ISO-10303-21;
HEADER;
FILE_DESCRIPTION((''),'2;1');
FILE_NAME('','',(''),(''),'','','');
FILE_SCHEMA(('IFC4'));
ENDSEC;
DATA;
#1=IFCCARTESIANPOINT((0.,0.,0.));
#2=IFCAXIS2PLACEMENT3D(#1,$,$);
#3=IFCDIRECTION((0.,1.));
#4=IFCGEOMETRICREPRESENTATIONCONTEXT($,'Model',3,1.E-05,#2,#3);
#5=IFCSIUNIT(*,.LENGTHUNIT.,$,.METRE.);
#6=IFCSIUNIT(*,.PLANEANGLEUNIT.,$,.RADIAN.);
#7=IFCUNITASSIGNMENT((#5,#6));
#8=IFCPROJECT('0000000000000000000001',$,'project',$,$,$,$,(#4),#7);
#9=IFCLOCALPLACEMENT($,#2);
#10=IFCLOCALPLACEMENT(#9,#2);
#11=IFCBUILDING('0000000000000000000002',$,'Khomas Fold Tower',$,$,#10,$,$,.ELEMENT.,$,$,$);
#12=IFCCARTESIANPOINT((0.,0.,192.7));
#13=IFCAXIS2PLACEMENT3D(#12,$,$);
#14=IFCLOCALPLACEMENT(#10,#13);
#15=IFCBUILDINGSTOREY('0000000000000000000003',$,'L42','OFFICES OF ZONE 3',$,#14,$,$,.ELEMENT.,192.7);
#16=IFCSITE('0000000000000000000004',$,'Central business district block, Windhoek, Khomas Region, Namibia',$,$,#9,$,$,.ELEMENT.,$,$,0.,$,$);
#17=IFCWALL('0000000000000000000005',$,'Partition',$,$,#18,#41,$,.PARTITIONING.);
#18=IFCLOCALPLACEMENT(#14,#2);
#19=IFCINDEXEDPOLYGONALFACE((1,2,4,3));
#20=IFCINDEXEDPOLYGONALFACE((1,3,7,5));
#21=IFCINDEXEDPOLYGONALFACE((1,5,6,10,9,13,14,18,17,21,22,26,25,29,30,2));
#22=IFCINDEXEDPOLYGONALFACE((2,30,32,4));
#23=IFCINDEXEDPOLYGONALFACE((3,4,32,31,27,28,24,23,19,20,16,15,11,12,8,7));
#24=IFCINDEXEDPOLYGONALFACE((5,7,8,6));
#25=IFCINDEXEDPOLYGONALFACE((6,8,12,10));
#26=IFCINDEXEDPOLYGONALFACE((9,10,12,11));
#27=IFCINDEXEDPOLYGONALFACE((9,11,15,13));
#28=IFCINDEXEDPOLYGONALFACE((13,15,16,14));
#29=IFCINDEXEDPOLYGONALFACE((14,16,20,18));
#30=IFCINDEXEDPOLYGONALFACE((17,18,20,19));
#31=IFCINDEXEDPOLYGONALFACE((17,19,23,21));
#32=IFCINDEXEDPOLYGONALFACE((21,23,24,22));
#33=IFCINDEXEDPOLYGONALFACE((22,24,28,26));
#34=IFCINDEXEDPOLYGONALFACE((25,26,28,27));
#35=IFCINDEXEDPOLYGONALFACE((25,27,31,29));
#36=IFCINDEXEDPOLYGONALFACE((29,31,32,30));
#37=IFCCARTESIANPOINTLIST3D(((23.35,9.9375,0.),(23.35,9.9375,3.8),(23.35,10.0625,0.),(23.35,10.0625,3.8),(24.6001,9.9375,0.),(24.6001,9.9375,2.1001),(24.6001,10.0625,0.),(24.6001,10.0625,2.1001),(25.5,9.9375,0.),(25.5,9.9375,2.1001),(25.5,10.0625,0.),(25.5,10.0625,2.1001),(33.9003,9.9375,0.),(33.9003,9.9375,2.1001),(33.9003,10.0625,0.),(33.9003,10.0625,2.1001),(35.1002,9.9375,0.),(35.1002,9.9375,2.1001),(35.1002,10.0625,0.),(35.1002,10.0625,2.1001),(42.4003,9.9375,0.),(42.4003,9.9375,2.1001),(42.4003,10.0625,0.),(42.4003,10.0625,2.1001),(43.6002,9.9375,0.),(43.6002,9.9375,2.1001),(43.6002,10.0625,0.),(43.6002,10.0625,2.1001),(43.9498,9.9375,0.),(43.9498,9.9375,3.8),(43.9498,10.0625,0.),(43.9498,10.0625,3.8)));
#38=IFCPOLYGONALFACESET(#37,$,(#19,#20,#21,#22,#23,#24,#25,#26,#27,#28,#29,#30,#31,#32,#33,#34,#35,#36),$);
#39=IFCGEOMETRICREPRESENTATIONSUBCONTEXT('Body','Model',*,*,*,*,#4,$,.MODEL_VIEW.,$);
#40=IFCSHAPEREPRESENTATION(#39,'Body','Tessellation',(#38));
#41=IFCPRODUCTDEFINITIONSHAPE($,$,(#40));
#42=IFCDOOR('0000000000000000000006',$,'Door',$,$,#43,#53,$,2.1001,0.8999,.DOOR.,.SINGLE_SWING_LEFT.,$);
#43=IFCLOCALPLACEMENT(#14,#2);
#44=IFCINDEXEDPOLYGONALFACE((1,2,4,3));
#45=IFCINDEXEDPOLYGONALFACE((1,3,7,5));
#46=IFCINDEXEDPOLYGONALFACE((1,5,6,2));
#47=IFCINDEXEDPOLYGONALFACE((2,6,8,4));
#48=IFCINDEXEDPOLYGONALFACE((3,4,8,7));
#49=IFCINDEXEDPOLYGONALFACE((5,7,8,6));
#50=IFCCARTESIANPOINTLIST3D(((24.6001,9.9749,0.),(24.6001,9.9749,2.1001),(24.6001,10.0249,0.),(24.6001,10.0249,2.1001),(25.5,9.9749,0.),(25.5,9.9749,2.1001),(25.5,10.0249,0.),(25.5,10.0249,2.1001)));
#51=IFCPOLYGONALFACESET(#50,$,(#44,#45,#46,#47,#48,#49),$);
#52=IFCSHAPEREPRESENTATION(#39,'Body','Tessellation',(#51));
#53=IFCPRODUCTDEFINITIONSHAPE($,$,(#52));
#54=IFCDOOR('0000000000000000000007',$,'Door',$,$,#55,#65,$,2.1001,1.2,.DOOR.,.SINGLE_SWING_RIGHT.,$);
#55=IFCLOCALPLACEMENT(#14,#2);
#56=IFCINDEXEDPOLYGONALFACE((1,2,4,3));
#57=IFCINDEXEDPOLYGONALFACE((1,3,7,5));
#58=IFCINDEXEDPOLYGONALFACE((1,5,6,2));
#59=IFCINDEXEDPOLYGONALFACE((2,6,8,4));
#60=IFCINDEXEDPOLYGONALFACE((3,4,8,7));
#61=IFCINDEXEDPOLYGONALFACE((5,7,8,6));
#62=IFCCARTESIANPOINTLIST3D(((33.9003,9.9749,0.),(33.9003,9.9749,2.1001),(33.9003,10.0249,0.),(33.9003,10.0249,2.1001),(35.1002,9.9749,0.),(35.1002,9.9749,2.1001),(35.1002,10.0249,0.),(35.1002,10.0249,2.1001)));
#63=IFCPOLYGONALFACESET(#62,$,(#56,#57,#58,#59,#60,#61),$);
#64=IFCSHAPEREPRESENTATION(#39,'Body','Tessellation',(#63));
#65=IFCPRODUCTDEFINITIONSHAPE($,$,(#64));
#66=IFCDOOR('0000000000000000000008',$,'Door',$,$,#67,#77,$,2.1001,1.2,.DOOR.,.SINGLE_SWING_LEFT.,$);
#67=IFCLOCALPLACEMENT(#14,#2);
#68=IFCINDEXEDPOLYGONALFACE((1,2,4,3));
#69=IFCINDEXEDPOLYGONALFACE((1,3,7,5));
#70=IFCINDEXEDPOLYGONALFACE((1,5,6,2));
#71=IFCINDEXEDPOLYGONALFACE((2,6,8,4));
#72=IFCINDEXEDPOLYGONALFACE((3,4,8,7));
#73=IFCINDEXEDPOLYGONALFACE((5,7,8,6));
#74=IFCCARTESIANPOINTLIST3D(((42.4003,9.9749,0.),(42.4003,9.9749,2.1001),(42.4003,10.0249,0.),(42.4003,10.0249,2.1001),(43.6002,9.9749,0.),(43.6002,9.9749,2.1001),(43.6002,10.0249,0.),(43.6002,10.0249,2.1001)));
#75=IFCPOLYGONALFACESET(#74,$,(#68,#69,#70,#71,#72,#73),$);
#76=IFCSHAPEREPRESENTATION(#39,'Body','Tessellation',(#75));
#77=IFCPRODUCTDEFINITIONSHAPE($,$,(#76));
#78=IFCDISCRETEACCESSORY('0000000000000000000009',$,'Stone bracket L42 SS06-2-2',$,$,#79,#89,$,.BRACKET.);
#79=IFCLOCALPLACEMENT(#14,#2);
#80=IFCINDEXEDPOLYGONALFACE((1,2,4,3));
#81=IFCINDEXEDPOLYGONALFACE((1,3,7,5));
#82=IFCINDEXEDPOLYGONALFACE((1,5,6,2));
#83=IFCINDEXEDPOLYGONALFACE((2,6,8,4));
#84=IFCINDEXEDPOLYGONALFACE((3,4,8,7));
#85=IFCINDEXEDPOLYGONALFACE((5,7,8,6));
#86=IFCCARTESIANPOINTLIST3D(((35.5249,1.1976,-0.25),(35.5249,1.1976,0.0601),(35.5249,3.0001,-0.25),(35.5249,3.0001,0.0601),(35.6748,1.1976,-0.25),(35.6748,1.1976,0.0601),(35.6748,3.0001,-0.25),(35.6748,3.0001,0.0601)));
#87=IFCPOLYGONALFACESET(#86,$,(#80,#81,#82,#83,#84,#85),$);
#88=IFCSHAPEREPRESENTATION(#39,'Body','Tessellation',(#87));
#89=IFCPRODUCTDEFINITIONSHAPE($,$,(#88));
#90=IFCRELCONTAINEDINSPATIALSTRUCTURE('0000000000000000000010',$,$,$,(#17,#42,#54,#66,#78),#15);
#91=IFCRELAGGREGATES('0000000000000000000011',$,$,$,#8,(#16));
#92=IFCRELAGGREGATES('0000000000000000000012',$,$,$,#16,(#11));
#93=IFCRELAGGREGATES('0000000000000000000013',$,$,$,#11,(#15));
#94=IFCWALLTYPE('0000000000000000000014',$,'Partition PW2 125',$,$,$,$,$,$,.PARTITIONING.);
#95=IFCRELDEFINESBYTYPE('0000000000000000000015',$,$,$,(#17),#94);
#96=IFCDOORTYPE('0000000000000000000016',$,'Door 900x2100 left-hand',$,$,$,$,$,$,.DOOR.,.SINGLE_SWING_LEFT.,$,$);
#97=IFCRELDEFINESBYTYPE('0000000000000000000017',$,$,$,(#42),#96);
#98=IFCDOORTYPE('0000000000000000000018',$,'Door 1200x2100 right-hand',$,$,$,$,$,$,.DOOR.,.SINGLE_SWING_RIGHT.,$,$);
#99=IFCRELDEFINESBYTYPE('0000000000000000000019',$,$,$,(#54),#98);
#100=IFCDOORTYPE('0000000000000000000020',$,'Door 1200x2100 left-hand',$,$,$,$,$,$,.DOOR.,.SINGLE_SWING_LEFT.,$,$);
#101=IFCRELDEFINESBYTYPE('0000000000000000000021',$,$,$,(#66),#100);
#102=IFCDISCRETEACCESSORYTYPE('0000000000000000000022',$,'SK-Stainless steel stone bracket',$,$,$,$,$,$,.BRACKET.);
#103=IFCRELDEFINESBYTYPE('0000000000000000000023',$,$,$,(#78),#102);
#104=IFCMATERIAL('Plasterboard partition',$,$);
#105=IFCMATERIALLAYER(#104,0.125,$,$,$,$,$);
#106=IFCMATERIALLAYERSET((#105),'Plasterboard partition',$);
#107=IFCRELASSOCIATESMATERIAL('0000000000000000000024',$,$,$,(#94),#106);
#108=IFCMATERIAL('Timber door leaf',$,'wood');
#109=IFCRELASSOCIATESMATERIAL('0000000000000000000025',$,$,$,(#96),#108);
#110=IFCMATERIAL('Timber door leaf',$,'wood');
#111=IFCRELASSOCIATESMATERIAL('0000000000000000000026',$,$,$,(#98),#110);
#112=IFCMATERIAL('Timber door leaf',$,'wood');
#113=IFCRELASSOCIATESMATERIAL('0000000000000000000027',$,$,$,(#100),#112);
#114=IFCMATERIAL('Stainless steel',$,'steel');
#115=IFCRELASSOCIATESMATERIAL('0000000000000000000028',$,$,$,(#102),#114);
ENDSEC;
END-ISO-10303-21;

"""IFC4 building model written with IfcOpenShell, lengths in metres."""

from ifc_helpers import new_model, si_unit, direction, frame, frame_2d, origin, origin_2d, place, context, subcontext, project, spatial, rectangle, extrude, source, transform, mapped, material, layer, layer_set, type_object, element, fill, save


model = new_model("IFC4")

# Units and contexts
model_context = context("Model", 3, precision=1e-05, world=origin(), true_north=direction((0.0, 1.0)))
body_context = subcontext(model_context, "Body", "Model", "MODEL_VIEW")
ifc_project = project(units=[si_unit("LENGTHUNIT", "METRE"), si_unit("PLANEANGLEUNIT", "RADIAN")], contexts=[model_context])

# Site, building, storey
site_placement = place(None, origin())
site = spatial("IfcSite", under=ifc_project, at=site_placement, Name="Central business district block, Windhoek, Khomas Region, Namibia", CompositionType="ELEMENT", RefElevation=0.0)
building_placement = place(site_placement, origin())
building = spatial("IfcBuilding", under=site, at=building_placement, Name="Khomas Fold Tower", CompositionType="ELEMENT")
storey_placement = place(building_placement, frame((0.0, 0.0, 192.7)))
storey = spatial("IfcBuildingStorey", under=building, at=storey_placement, Name="L42", Description="OFFICES OF ZONE 3", CompositionType="ELEMENT", Elevation=192.7)

# Shared definitions
ifc_material_1 = material(Name="Plasterboard partition")
ifc_layer_1 = layer(ifc_material_1, 0.125)
ifc_layer_set_1 = layer_set([ifc_layer_1], Name="Plasterboard partition")
wall_type_1 = type_object("IfcWallType", Name="Partition PW2 125", PredefinedType="PARTITIONING", material=ifc_layer_set_1)

# Wall, openings, doors
shared_shape_1 = source(origin(), body_context, "Body", "SweptSolid", [
    extrude(rectangle(XDim=20.5999, YDim=0.125, at=frame_2d((10.2998, 0.0))), origin(), (0.0, 0.0, 1.0), 3.8),
])
wall_1_placement = place(storey_placement, frame((23.3501, 10.0, 0.0), z_axis=(0.0, 0.0, 1.0), x_axis=(1.0, 0.0, 0.0)))
wall_1 = element("IfcWall", 1, at=wall_1_placement, inside=storey, type_object=wall_type_1, Name="Partition", PredefinedType="PARTITIONING", context=body_context, shape_type="MappedRepresentation", body=[
    mapped(shared_shape_1, transform((0.0, 0.0, 0.0))),
])
shared_shape_2 = source(origin(), body_context, "Body", "SweptSolid", [
    extrude(rectangle(XDim=0.8999, YDim=2.1001, at=frame_2d((0.45, 1.05))), frame((0.0, 0.0725, 0.0), z_axis=(0.0, -1.0, 0.0), x_axis=(1.0, 0.0, 0.0)), (0.0, 0.0, 1.0), 0.145),
])
opening_1_placement = place(wall_1_placement, frame((1.25, 0.0, 0.0)))
opening_1 = element("IfcOpeningElement", 2, at=opening_1_placement, cuts=wall_1, PredefinedType="OPENING", context=body_context, shape_type="MappedRepresentation", body=[
    mapped(shared_shape_2, transform((0.0, 0.0, 0.0))),
])
shared_shape_3 = source(origin(), body_context, "Body", "SweptSolid", [
    extrude(rectangle(XDim=1.2, YDim=2.1001, at=frame_2d((0.6001, 1.05))), frame((0.0, 0.0725, 0.0), z_axis=(0.0, -1.0, 0.0), x_axis=(1.0, 0.0, 0.0)), (0.0, 0.0, 1.0), 0.145),
])
opening_2_placement = place(wall_1_placement, frame((10.55, 0.0, 0.0)))
opening_2 = element("IfcOpeningElement", 3, at=opening_2_placement, cuts=wall_1, PredefinedType="OPENING", context=body_context, shape_type="MappedRepresentation", body=[
    mapped(shared_shape_3, transform((0.0, 0.0, 0.0))),
])
opening_3_placement = place(wall_1_placement, frame((19.05, 0.0, 0.0)))
opening_3 = element("IfcOpeningElement", 4, at=opening_3_placement, cuts=wall_1, PredefinedType="OPENING", context=body_context, shape_type="MappedRepresentation", body=[
    mapped(shared_shape_3, transform((0.0, 0.0, 0.0))),
])
ifc_material_2 = material(Name="Timber door leaf", Category="wood")
door_type_1 = type_object("IfcDoorType", Name="Door 900x2100 left-hand", OperationType="SINGLE_SWING_LEFT", PredefinedType="DOOR", material=ifc_material_2)
shared_shape_4 = source(origin(), body_context, "Body", "SweptSolid", [
    extrude(rectangle(XDim=0.8999, YDim=2.1001, at=frame_2d((0.45, 1.05))), frame((0.0, 0.0249, 0.0), z_axis=(0.0, -1.0, 0.0), x_axis=(1.0, 0.0, 0.0)), (0.0, 0.0, 1.0), 0.05),
])
door_1_placement = place(opening_1_placement, origin())
door_1 = element("IfcDoor", 5, at=door_1_placement, inside=storey, type_object=door_type_1, Name="Door", OperationType="SINGLE_SWING_LEFT", OverallHeight=2.1001, OverallWidth=0.8999, PredefinedType="DOOR", context=body_context, shape_type="MappedRepresentation", body=[
    mapped(shared_shape_4, transform((0.0, 0.0, 0.0))),
])
fill(opening_1, door_1)
ifc_material_3 = material(Name="Timber door leaf", Category="wood")
door_type_2 = type_object("IfcDoorType", Name="Door 1200x2100 right-hand", OperationType="SINGLE_SWING_RIGHT", PredefinedType="DOOR", material=ifc_material_3)
shared_shape_5 = source(origin(), body_context, "Body", "SweptSolid", [
    extrude(rectangle(XDim=1.2, YDim=2.1001, at=frame_2d((0.6001, 1.05))), frame((0.0, 0.0249, 0.0), z_axis=(0.0, -1.0, 0.0), x_axis=(1.0, 0.0, 0.0)), (0.0, 0.0, 1.0), 0.05),
])
door_2_placement = place(opening_2_placement, origin())
door_2 = element("IfcDoor", 6, at=door_2_placement, inside=storey, type_object=door_type_2, Name="Door", OperationType="SINGLE_SWING_RIGHT", OverallHeight=2.1001, OverallWidth=1.2, PredefinedType="DOOR", context=body_context, shape_type="MappedRepresentation", body=[
    mapped(shared_shape_5, transform((0.0, 0.0, 0.0))),
])
fill(opening_2, door_2)
ifc_material_4 = material(Name="Timber door leaf", Category="wood")
door_type_3 = type_object("IfcDoorType", Name="Door 1200x2100 left-hand", OperationType="SINGLE_SWING_LEFT", PredefinedType="DOOR", material=ifc_material_4)
door_3_placement = place(opening_3_placement, origin())
door_3 = element("IfcDoor", 7, at=door_3_placement, inside=storey, type_object=door_type_3, Name="Door", OperationType="SINGLE_SWING_LEFT", OverallHeight=2.1001, OverallWidth=1.2, PredefinedType="DOOR", context=body_context, shape_type="MappedRepresentation", body=[
    mapped(shared_shape_5, transform((0.0, 0.0, 0.0))),
])
fill(opening_3, door_3)

# Discrete accessory
ifc_material_5 = material(Name="Stainless steel", Category="steel")
discrete_accessory_type = type_object("IfcDiscreteAccessoryType", Name="SK-Stainless steel stone bracket", PredefinedType="BRACKET", material=ifc_material_5)
shared_shape_6 = source(origin(), body_context, "Body", "SweptSolid", [
    extrude(rectangle(XDim=1.8025, YDim=0.1499, at=origin_2d()), origin(), (0.0, 0.0, 1.0), 0.3101),
])
discrete_accessory_placement = place(storey_placement, frame((35.5999, 2.0989, -0.25), z_axis=(0.0, 0.0, 1.0), x_axis=(0.0, -1.0, 0.0)))
element("IfcDiscreteAccessory", 8, at=discrete_accessory_placement, inside=storey, type_object=discrete_accessory_type, Name="Stone bracket L42 SS06-2-2", PredefinedType="BRACKET", context=body_context, shape_type="MappedRepresentation", body=[
    mapped(shared_shape_6, transform((0.0, 0.0, 0.0))),
])

save(model, "model.ifc")
